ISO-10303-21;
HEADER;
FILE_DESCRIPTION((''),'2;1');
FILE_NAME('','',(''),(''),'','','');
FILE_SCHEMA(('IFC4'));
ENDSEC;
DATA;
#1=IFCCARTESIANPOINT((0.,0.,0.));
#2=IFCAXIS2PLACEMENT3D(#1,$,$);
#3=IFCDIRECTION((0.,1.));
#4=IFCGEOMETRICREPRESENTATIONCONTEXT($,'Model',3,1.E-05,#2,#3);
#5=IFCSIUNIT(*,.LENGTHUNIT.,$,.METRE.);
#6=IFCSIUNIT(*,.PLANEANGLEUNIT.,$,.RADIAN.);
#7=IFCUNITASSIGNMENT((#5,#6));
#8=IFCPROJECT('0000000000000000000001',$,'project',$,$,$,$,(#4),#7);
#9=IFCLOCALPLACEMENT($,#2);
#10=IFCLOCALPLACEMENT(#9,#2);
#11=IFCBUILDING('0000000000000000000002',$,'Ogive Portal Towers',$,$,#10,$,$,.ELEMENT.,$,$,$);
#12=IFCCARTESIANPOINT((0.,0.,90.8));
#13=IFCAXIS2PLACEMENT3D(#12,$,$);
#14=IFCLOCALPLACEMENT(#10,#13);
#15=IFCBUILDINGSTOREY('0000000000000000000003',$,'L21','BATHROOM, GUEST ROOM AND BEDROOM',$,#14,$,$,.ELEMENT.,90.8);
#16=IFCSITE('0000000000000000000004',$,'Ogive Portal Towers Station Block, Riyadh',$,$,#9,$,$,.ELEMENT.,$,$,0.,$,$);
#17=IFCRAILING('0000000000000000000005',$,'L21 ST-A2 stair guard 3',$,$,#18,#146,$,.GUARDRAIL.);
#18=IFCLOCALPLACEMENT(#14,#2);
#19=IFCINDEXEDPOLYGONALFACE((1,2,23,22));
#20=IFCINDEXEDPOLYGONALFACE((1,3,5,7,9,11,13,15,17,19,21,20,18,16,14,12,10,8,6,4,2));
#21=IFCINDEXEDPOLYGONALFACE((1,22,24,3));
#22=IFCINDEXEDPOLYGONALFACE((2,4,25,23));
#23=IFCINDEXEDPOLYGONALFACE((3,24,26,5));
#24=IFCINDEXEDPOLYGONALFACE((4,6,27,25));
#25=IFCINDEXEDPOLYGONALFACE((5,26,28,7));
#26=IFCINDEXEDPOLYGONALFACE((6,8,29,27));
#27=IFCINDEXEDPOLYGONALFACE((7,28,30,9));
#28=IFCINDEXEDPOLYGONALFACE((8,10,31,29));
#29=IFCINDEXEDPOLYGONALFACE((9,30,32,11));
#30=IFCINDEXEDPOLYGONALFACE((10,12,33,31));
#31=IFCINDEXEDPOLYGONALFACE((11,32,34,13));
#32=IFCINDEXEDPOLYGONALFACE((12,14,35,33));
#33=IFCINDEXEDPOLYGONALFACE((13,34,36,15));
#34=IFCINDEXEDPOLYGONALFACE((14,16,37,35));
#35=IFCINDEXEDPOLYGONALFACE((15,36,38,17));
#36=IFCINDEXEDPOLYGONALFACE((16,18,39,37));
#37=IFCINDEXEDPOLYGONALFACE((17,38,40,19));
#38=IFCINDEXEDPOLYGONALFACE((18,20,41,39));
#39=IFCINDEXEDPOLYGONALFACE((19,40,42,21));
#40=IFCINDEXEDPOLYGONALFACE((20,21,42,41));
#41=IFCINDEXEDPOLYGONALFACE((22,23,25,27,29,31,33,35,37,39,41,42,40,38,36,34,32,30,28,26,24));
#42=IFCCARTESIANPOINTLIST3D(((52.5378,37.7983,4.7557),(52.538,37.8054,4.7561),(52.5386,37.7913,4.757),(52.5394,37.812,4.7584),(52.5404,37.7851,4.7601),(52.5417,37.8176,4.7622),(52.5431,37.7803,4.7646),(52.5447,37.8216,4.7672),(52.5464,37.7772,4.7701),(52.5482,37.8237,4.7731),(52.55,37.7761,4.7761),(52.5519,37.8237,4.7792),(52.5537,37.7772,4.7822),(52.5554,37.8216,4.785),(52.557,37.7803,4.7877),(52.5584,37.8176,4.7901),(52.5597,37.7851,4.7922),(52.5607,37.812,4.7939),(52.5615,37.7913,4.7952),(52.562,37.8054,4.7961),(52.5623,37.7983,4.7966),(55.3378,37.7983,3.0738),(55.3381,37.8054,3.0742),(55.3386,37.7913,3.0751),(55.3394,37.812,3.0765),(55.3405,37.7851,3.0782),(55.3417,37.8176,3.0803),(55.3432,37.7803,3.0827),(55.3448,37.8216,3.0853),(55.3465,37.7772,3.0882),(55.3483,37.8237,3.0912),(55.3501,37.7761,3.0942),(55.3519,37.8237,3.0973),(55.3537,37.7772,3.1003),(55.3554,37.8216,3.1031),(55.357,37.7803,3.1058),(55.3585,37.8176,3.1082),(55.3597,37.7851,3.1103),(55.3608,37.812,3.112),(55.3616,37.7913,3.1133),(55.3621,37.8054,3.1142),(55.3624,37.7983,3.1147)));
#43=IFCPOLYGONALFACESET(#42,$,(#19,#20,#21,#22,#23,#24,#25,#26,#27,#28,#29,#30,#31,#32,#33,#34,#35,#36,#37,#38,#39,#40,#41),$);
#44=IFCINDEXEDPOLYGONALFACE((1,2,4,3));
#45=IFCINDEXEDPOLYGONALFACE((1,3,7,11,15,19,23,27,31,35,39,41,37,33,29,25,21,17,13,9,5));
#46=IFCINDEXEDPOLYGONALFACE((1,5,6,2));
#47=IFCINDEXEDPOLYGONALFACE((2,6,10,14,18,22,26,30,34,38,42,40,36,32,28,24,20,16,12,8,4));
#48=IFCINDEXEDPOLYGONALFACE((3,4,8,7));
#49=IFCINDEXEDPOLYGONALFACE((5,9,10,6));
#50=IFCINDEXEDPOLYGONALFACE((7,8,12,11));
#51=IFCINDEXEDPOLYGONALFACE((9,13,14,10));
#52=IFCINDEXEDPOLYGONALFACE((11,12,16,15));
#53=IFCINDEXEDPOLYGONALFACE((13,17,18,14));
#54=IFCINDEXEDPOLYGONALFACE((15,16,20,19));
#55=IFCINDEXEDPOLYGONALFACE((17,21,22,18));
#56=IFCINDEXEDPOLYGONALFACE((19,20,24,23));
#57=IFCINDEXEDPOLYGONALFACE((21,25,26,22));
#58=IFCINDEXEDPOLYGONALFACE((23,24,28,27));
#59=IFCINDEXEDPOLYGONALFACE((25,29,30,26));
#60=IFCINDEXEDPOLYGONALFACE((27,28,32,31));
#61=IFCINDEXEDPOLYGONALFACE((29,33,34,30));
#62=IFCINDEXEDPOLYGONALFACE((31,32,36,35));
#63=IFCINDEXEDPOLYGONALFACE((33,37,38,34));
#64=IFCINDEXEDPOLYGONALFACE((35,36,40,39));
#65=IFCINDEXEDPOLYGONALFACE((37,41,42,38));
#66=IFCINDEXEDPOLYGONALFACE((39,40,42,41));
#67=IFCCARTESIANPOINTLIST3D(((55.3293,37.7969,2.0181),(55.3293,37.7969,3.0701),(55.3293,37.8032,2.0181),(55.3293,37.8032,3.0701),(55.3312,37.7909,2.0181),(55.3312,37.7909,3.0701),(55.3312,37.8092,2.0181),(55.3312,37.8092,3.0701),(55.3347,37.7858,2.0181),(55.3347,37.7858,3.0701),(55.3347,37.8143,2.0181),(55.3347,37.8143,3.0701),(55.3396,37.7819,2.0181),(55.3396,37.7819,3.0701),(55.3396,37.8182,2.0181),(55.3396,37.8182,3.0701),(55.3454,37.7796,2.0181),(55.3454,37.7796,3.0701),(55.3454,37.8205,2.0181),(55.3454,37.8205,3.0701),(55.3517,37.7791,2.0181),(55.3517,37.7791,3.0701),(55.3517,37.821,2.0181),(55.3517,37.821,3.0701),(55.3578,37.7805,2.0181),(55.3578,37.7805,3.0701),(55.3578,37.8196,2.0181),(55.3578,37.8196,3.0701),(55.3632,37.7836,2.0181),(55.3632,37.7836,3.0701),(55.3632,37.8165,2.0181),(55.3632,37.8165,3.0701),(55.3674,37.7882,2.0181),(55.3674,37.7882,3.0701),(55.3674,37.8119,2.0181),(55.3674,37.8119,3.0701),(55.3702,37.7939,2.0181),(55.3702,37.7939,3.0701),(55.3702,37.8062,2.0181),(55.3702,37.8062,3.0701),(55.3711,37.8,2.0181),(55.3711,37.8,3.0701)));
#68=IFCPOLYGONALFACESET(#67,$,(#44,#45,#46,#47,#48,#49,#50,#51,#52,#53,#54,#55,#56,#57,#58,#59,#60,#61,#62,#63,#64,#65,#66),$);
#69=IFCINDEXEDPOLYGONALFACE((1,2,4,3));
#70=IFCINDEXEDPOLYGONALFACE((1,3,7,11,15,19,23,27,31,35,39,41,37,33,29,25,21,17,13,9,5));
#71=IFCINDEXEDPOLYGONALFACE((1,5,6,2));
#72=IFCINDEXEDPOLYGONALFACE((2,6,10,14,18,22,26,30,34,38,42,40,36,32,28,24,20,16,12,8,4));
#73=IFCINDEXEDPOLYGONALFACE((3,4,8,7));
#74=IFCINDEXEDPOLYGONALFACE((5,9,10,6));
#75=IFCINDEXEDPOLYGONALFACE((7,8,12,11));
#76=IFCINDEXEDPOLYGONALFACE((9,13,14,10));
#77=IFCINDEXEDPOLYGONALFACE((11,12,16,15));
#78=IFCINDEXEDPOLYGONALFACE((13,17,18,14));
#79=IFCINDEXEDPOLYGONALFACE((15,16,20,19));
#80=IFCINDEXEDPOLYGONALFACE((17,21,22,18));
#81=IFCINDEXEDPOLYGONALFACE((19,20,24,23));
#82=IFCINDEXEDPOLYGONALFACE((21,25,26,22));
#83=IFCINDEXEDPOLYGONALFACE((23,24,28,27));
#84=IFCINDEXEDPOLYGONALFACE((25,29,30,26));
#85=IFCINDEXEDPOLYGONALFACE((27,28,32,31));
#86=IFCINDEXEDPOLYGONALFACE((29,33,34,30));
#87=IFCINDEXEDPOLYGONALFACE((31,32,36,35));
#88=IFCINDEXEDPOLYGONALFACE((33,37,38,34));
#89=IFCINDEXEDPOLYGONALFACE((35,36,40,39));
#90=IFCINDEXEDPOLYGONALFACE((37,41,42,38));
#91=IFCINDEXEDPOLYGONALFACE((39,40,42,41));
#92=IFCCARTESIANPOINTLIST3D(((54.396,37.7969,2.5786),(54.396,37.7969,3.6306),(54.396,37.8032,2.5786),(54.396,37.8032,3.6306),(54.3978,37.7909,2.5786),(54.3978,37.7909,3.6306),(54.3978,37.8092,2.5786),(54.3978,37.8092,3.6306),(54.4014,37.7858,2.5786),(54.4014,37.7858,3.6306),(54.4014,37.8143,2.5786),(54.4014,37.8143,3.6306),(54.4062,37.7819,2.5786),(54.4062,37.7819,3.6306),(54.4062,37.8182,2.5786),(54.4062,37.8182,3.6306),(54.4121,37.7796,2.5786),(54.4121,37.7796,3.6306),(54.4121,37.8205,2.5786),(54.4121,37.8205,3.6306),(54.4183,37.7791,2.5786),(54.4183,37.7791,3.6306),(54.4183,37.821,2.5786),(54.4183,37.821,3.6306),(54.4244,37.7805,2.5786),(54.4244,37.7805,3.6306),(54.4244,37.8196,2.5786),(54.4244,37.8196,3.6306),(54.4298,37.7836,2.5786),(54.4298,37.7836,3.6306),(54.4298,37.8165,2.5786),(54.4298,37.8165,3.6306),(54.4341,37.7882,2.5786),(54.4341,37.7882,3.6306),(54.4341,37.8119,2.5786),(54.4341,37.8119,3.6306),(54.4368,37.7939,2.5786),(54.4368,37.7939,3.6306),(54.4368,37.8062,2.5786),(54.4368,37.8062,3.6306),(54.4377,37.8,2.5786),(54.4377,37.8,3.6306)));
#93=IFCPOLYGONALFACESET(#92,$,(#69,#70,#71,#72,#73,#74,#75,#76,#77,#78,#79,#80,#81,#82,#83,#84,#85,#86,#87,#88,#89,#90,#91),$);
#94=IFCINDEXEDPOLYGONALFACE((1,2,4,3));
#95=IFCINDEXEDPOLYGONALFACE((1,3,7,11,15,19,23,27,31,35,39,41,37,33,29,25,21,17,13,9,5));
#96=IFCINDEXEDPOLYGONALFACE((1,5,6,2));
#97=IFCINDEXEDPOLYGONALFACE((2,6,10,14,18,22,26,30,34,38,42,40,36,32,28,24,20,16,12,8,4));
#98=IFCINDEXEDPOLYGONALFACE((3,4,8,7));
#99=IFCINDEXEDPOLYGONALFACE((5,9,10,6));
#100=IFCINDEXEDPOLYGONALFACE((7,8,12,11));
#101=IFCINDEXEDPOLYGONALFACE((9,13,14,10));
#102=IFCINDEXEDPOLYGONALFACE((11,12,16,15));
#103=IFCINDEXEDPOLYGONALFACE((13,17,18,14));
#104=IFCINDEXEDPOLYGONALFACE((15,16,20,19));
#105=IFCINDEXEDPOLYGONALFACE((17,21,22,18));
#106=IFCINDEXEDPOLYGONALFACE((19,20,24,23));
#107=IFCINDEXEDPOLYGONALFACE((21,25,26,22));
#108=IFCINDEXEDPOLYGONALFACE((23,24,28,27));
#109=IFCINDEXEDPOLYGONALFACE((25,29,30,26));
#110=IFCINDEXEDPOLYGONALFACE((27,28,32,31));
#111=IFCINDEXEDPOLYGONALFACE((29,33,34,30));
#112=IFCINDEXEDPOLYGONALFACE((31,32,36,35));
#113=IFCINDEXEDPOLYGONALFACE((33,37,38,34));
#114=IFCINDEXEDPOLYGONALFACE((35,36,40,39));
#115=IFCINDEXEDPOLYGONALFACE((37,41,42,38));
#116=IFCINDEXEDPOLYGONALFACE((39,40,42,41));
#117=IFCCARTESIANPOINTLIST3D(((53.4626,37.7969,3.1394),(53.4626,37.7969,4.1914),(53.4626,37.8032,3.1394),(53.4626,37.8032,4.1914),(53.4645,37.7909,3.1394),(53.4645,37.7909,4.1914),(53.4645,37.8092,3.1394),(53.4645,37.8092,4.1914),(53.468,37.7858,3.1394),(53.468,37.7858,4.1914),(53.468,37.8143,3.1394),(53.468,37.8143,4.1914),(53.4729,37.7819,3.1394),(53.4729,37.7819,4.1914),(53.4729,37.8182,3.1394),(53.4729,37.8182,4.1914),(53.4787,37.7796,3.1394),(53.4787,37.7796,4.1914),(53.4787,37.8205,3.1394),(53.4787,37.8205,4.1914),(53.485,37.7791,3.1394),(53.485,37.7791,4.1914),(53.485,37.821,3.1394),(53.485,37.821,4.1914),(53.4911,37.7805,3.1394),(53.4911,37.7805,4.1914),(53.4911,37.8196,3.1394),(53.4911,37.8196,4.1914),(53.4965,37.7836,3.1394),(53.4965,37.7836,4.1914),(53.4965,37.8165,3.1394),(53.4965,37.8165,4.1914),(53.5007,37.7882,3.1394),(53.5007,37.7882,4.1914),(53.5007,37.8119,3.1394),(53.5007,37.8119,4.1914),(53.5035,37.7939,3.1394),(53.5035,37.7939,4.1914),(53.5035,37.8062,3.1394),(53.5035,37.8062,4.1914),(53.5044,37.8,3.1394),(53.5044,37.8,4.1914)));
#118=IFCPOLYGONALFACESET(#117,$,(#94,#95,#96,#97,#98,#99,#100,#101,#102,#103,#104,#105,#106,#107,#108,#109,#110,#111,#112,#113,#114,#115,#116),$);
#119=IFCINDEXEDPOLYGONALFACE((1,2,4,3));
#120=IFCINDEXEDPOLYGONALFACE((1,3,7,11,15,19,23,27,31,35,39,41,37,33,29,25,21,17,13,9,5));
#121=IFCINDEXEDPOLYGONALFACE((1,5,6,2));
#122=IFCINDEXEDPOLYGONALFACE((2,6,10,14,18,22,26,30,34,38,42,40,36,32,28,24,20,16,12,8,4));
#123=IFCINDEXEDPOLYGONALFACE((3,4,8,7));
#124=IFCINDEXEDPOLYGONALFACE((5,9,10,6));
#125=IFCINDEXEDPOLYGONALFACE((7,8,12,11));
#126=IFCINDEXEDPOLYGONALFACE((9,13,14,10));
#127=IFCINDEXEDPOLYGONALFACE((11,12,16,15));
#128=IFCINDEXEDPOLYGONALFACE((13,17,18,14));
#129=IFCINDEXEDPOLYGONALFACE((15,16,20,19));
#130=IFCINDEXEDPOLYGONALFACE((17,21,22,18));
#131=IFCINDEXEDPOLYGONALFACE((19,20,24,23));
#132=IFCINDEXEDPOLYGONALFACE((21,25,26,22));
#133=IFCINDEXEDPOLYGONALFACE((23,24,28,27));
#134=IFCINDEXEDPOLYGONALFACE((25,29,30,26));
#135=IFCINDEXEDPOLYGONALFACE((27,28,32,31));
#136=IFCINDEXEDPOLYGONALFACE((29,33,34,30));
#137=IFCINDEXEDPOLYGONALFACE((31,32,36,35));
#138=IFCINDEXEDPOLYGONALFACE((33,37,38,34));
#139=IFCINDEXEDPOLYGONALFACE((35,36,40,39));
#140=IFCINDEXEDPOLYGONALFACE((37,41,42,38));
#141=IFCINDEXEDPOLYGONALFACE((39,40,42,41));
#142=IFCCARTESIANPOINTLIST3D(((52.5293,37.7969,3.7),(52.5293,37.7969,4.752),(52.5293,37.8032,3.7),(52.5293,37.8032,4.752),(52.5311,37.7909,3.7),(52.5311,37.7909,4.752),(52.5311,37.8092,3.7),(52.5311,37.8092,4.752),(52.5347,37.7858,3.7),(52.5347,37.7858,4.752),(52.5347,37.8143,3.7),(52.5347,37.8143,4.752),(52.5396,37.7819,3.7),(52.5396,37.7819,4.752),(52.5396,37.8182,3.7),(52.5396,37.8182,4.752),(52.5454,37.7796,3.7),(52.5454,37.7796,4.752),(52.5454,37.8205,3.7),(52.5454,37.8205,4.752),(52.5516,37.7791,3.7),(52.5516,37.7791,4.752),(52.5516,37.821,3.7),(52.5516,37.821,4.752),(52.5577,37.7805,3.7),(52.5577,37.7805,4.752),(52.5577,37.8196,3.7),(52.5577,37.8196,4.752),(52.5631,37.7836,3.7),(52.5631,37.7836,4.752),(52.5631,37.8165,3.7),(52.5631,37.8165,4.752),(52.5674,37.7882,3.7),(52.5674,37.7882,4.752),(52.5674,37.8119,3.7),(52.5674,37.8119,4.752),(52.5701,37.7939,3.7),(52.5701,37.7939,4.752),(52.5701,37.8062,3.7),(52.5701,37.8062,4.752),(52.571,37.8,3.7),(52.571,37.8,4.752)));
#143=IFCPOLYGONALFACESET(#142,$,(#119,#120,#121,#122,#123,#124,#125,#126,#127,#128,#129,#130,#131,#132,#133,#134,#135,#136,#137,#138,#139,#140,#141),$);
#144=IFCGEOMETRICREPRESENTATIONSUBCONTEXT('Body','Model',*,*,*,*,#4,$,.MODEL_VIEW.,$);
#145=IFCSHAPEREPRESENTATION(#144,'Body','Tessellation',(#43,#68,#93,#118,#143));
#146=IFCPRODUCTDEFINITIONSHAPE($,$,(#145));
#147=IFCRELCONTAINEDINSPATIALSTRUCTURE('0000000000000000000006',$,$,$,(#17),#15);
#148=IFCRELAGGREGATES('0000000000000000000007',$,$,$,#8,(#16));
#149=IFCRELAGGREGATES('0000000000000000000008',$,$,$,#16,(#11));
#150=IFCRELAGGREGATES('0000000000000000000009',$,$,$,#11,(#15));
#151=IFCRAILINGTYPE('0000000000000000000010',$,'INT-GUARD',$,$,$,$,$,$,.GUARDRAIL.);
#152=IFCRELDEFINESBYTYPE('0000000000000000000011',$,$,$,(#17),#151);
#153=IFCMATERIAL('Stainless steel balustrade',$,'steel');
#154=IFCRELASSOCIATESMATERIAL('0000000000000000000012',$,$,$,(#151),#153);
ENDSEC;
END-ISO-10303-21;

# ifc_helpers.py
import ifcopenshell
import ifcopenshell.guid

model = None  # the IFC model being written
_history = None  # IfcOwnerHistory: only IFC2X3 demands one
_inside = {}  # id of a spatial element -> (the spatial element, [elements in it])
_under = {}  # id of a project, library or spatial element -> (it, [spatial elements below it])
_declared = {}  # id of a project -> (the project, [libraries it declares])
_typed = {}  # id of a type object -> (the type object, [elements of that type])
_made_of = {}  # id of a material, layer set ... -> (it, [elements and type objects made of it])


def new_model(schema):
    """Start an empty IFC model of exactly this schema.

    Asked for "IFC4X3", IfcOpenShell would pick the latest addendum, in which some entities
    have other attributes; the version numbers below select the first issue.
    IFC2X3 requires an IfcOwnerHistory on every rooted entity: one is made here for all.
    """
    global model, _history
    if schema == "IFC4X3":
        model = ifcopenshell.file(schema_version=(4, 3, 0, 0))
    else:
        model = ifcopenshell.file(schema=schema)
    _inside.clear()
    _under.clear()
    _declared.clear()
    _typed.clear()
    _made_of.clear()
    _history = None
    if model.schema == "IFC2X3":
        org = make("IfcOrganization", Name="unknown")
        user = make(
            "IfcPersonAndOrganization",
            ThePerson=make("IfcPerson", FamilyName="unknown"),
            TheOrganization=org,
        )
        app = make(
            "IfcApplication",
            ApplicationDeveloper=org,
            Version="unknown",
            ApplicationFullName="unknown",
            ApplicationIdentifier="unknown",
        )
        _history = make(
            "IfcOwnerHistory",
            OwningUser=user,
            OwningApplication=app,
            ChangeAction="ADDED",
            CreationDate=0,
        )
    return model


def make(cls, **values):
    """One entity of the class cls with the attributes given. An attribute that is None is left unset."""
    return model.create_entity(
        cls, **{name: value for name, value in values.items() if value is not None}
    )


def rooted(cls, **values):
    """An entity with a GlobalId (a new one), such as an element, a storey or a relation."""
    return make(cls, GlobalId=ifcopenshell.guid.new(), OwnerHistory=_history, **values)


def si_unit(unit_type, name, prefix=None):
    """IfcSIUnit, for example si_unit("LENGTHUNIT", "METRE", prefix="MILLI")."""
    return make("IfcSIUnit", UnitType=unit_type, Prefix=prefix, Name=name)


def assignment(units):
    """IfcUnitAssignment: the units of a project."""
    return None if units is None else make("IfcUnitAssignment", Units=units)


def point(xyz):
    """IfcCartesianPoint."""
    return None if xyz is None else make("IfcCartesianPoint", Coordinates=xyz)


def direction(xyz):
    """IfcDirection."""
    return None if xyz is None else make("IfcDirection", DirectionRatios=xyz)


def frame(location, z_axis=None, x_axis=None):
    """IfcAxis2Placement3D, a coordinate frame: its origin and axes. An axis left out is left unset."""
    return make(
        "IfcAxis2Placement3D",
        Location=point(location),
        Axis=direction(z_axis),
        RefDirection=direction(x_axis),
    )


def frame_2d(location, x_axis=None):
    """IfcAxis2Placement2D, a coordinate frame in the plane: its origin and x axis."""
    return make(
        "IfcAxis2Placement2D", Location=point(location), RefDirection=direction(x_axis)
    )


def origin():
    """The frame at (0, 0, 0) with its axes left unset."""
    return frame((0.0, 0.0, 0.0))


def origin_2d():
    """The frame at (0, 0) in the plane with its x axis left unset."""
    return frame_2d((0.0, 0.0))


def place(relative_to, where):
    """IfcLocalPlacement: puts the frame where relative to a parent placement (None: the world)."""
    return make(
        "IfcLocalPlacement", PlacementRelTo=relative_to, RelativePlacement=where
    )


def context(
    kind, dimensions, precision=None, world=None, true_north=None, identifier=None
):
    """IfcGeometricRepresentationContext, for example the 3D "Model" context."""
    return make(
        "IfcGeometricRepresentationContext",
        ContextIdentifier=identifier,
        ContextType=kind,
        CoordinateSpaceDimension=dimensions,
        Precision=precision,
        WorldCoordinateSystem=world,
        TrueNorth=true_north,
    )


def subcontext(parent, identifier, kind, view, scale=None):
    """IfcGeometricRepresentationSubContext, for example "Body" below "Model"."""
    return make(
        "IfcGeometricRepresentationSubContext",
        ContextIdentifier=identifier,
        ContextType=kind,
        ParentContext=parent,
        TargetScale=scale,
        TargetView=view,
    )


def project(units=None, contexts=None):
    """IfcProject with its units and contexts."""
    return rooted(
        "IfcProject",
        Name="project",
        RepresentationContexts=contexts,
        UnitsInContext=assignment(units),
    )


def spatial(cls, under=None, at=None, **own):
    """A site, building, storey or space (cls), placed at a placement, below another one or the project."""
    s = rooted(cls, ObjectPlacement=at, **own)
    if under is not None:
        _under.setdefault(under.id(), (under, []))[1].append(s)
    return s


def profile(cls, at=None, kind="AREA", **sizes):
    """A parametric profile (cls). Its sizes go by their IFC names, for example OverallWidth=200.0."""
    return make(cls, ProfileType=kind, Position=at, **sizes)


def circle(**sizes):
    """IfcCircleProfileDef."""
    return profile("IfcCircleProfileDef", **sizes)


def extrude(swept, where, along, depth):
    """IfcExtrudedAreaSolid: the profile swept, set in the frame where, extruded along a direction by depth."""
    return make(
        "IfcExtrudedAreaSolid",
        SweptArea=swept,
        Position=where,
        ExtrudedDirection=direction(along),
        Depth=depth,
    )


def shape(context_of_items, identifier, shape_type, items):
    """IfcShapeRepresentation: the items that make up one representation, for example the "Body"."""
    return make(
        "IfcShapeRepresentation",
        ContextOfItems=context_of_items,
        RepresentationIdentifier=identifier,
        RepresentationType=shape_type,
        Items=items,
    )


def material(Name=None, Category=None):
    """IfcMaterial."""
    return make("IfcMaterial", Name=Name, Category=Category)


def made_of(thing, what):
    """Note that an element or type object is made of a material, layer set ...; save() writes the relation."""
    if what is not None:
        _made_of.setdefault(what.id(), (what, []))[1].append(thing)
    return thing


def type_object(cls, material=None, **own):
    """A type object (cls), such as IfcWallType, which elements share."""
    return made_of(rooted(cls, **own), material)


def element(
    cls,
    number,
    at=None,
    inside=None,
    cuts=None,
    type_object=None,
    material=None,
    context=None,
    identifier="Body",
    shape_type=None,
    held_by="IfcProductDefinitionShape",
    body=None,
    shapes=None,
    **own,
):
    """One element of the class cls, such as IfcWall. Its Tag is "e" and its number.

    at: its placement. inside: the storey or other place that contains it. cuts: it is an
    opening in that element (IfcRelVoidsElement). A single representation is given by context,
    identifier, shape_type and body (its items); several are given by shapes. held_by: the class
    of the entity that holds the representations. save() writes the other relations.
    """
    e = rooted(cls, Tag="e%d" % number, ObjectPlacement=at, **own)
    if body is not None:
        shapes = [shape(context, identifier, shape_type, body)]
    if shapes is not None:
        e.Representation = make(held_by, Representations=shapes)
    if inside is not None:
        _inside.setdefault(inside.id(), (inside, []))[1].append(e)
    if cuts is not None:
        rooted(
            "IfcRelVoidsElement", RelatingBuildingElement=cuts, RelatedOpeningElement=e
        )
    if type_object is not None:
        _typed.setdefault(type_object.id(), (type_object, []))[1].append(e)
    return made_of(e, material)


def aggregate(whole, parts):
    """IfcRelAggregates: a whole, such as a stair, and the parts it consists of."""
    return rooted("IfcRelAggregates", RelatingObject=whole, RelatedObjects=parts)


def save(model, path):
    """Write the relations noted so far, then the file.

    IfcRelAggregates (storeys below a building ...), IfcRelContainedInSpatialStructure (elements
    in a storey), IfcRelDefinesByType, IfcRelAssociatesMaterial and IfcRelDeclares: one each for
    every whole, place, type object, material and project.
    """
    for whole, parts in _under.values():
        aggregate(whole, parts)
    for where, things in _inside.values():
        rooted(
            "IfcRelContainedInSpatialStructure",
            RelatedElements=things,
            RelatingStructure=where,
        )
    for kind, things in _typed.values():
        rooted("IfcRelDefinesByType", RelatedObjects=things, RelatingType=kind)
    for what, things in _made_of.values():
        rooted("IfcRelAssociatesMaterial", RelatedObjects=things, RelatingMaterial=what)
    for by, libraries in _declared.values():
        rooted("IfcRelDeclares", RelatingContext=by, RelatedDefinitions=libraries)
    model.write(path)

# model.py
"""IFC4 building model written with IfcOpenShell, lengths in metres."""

from ifc_helpers import new_model, si_unit, direction, frame, origin, origin_2d, place, context, subcontext, project, spatial, circle, extrude, material, type_object, element, save


model = new_model("IFC4")

# Units and contexts
model_context = context("Model", 3, precision=1e-05, world=origin(), true_north=direction((0.0, 1.0)))
body_context = subcontext(model_context, "Body", "Model", "MODEL_VIEW")
ifc_project = project(units=[si_unit("LENGTHUNIT", "METRE"), si_unit("PLANEANGLEUNIT", "RADIAN")], contexts=[model_context])

# Site, building, storey
site_placement = place(None, origin())
site = spatial("IfcSite", under=ifc_project, at=site_placement, Name="Ogive Portal Towers Station Block, Riyadh", CompositionType="ELEMENT", RefElevation=0.0)
building_placement = place(site_placement, origin())
building = spatial("IfcBuilding", under=site, at=building_placement, Name="Ogive Portal Towers", CompositionType="ELEMENT")
storey_placement = place(building_placement, frame((0.0, 0.0, 90.8)))
storey = spatial("IfcBuildingStorey", under=building, at=storey_placement, Name="L21", Description="BATHROOM, GUEST ROOM AND BEDROOM", CompositionType="ELEMENT", Elevation=90.8)

# Railing
ifc_material_1 = material(Name="Stainless steel balustrade", Category="steel")
railing_type_1 = type_object("IfcRailingType", Name="INT-GUARD", PredefinedType="GUARDRAIL", material=ifc_material_1)
railing_1_placement = place(storey_placement, frame((55.3501, 37.8, 2.0181)))
element("IfcRailing", 1, at=railing_1_placement, inside=storey, type_object=railing_type_1, Name="L21 ST-A2 stair guard 3", PredefinedType="GUARDRAIL", context=body_context, shape_type="SweptSolid", body=[
    extrude(circle(Radius=0.0239, at=origin_2d()), frame((0.0, 0.0, 1.0762), z_axis=(-0.857242, 0.0, 0.514913), x_axis=(0.0, -1.0, 0.0)), (0.0, 0.0, 1.0), 3.2664),
    extrude(circle(Radius=0.021, at=origin_2d()), origin(), (0.0, 0.0, 1.0), 1.052),
    extrude(circle(Radius=0.021, at=origin_2d()), frame((-0.9333, 0.0, 0.5605)), (0.0, 0.0, 1.0), 1.052),
    extrude(circle(Radius=0.021, at=origin_2d()), frame((-1.8667, 0.0, 1.1213)), (0.0, 0.0, 1.0), 1.052),
    extrude(circle(Radius=0.021, at=origin_2d()), frame((-2.8, 0.0, 1.6819)), (0.0, 0.0, 1.0), 1.052),
])

save(model, "model.ifc")
